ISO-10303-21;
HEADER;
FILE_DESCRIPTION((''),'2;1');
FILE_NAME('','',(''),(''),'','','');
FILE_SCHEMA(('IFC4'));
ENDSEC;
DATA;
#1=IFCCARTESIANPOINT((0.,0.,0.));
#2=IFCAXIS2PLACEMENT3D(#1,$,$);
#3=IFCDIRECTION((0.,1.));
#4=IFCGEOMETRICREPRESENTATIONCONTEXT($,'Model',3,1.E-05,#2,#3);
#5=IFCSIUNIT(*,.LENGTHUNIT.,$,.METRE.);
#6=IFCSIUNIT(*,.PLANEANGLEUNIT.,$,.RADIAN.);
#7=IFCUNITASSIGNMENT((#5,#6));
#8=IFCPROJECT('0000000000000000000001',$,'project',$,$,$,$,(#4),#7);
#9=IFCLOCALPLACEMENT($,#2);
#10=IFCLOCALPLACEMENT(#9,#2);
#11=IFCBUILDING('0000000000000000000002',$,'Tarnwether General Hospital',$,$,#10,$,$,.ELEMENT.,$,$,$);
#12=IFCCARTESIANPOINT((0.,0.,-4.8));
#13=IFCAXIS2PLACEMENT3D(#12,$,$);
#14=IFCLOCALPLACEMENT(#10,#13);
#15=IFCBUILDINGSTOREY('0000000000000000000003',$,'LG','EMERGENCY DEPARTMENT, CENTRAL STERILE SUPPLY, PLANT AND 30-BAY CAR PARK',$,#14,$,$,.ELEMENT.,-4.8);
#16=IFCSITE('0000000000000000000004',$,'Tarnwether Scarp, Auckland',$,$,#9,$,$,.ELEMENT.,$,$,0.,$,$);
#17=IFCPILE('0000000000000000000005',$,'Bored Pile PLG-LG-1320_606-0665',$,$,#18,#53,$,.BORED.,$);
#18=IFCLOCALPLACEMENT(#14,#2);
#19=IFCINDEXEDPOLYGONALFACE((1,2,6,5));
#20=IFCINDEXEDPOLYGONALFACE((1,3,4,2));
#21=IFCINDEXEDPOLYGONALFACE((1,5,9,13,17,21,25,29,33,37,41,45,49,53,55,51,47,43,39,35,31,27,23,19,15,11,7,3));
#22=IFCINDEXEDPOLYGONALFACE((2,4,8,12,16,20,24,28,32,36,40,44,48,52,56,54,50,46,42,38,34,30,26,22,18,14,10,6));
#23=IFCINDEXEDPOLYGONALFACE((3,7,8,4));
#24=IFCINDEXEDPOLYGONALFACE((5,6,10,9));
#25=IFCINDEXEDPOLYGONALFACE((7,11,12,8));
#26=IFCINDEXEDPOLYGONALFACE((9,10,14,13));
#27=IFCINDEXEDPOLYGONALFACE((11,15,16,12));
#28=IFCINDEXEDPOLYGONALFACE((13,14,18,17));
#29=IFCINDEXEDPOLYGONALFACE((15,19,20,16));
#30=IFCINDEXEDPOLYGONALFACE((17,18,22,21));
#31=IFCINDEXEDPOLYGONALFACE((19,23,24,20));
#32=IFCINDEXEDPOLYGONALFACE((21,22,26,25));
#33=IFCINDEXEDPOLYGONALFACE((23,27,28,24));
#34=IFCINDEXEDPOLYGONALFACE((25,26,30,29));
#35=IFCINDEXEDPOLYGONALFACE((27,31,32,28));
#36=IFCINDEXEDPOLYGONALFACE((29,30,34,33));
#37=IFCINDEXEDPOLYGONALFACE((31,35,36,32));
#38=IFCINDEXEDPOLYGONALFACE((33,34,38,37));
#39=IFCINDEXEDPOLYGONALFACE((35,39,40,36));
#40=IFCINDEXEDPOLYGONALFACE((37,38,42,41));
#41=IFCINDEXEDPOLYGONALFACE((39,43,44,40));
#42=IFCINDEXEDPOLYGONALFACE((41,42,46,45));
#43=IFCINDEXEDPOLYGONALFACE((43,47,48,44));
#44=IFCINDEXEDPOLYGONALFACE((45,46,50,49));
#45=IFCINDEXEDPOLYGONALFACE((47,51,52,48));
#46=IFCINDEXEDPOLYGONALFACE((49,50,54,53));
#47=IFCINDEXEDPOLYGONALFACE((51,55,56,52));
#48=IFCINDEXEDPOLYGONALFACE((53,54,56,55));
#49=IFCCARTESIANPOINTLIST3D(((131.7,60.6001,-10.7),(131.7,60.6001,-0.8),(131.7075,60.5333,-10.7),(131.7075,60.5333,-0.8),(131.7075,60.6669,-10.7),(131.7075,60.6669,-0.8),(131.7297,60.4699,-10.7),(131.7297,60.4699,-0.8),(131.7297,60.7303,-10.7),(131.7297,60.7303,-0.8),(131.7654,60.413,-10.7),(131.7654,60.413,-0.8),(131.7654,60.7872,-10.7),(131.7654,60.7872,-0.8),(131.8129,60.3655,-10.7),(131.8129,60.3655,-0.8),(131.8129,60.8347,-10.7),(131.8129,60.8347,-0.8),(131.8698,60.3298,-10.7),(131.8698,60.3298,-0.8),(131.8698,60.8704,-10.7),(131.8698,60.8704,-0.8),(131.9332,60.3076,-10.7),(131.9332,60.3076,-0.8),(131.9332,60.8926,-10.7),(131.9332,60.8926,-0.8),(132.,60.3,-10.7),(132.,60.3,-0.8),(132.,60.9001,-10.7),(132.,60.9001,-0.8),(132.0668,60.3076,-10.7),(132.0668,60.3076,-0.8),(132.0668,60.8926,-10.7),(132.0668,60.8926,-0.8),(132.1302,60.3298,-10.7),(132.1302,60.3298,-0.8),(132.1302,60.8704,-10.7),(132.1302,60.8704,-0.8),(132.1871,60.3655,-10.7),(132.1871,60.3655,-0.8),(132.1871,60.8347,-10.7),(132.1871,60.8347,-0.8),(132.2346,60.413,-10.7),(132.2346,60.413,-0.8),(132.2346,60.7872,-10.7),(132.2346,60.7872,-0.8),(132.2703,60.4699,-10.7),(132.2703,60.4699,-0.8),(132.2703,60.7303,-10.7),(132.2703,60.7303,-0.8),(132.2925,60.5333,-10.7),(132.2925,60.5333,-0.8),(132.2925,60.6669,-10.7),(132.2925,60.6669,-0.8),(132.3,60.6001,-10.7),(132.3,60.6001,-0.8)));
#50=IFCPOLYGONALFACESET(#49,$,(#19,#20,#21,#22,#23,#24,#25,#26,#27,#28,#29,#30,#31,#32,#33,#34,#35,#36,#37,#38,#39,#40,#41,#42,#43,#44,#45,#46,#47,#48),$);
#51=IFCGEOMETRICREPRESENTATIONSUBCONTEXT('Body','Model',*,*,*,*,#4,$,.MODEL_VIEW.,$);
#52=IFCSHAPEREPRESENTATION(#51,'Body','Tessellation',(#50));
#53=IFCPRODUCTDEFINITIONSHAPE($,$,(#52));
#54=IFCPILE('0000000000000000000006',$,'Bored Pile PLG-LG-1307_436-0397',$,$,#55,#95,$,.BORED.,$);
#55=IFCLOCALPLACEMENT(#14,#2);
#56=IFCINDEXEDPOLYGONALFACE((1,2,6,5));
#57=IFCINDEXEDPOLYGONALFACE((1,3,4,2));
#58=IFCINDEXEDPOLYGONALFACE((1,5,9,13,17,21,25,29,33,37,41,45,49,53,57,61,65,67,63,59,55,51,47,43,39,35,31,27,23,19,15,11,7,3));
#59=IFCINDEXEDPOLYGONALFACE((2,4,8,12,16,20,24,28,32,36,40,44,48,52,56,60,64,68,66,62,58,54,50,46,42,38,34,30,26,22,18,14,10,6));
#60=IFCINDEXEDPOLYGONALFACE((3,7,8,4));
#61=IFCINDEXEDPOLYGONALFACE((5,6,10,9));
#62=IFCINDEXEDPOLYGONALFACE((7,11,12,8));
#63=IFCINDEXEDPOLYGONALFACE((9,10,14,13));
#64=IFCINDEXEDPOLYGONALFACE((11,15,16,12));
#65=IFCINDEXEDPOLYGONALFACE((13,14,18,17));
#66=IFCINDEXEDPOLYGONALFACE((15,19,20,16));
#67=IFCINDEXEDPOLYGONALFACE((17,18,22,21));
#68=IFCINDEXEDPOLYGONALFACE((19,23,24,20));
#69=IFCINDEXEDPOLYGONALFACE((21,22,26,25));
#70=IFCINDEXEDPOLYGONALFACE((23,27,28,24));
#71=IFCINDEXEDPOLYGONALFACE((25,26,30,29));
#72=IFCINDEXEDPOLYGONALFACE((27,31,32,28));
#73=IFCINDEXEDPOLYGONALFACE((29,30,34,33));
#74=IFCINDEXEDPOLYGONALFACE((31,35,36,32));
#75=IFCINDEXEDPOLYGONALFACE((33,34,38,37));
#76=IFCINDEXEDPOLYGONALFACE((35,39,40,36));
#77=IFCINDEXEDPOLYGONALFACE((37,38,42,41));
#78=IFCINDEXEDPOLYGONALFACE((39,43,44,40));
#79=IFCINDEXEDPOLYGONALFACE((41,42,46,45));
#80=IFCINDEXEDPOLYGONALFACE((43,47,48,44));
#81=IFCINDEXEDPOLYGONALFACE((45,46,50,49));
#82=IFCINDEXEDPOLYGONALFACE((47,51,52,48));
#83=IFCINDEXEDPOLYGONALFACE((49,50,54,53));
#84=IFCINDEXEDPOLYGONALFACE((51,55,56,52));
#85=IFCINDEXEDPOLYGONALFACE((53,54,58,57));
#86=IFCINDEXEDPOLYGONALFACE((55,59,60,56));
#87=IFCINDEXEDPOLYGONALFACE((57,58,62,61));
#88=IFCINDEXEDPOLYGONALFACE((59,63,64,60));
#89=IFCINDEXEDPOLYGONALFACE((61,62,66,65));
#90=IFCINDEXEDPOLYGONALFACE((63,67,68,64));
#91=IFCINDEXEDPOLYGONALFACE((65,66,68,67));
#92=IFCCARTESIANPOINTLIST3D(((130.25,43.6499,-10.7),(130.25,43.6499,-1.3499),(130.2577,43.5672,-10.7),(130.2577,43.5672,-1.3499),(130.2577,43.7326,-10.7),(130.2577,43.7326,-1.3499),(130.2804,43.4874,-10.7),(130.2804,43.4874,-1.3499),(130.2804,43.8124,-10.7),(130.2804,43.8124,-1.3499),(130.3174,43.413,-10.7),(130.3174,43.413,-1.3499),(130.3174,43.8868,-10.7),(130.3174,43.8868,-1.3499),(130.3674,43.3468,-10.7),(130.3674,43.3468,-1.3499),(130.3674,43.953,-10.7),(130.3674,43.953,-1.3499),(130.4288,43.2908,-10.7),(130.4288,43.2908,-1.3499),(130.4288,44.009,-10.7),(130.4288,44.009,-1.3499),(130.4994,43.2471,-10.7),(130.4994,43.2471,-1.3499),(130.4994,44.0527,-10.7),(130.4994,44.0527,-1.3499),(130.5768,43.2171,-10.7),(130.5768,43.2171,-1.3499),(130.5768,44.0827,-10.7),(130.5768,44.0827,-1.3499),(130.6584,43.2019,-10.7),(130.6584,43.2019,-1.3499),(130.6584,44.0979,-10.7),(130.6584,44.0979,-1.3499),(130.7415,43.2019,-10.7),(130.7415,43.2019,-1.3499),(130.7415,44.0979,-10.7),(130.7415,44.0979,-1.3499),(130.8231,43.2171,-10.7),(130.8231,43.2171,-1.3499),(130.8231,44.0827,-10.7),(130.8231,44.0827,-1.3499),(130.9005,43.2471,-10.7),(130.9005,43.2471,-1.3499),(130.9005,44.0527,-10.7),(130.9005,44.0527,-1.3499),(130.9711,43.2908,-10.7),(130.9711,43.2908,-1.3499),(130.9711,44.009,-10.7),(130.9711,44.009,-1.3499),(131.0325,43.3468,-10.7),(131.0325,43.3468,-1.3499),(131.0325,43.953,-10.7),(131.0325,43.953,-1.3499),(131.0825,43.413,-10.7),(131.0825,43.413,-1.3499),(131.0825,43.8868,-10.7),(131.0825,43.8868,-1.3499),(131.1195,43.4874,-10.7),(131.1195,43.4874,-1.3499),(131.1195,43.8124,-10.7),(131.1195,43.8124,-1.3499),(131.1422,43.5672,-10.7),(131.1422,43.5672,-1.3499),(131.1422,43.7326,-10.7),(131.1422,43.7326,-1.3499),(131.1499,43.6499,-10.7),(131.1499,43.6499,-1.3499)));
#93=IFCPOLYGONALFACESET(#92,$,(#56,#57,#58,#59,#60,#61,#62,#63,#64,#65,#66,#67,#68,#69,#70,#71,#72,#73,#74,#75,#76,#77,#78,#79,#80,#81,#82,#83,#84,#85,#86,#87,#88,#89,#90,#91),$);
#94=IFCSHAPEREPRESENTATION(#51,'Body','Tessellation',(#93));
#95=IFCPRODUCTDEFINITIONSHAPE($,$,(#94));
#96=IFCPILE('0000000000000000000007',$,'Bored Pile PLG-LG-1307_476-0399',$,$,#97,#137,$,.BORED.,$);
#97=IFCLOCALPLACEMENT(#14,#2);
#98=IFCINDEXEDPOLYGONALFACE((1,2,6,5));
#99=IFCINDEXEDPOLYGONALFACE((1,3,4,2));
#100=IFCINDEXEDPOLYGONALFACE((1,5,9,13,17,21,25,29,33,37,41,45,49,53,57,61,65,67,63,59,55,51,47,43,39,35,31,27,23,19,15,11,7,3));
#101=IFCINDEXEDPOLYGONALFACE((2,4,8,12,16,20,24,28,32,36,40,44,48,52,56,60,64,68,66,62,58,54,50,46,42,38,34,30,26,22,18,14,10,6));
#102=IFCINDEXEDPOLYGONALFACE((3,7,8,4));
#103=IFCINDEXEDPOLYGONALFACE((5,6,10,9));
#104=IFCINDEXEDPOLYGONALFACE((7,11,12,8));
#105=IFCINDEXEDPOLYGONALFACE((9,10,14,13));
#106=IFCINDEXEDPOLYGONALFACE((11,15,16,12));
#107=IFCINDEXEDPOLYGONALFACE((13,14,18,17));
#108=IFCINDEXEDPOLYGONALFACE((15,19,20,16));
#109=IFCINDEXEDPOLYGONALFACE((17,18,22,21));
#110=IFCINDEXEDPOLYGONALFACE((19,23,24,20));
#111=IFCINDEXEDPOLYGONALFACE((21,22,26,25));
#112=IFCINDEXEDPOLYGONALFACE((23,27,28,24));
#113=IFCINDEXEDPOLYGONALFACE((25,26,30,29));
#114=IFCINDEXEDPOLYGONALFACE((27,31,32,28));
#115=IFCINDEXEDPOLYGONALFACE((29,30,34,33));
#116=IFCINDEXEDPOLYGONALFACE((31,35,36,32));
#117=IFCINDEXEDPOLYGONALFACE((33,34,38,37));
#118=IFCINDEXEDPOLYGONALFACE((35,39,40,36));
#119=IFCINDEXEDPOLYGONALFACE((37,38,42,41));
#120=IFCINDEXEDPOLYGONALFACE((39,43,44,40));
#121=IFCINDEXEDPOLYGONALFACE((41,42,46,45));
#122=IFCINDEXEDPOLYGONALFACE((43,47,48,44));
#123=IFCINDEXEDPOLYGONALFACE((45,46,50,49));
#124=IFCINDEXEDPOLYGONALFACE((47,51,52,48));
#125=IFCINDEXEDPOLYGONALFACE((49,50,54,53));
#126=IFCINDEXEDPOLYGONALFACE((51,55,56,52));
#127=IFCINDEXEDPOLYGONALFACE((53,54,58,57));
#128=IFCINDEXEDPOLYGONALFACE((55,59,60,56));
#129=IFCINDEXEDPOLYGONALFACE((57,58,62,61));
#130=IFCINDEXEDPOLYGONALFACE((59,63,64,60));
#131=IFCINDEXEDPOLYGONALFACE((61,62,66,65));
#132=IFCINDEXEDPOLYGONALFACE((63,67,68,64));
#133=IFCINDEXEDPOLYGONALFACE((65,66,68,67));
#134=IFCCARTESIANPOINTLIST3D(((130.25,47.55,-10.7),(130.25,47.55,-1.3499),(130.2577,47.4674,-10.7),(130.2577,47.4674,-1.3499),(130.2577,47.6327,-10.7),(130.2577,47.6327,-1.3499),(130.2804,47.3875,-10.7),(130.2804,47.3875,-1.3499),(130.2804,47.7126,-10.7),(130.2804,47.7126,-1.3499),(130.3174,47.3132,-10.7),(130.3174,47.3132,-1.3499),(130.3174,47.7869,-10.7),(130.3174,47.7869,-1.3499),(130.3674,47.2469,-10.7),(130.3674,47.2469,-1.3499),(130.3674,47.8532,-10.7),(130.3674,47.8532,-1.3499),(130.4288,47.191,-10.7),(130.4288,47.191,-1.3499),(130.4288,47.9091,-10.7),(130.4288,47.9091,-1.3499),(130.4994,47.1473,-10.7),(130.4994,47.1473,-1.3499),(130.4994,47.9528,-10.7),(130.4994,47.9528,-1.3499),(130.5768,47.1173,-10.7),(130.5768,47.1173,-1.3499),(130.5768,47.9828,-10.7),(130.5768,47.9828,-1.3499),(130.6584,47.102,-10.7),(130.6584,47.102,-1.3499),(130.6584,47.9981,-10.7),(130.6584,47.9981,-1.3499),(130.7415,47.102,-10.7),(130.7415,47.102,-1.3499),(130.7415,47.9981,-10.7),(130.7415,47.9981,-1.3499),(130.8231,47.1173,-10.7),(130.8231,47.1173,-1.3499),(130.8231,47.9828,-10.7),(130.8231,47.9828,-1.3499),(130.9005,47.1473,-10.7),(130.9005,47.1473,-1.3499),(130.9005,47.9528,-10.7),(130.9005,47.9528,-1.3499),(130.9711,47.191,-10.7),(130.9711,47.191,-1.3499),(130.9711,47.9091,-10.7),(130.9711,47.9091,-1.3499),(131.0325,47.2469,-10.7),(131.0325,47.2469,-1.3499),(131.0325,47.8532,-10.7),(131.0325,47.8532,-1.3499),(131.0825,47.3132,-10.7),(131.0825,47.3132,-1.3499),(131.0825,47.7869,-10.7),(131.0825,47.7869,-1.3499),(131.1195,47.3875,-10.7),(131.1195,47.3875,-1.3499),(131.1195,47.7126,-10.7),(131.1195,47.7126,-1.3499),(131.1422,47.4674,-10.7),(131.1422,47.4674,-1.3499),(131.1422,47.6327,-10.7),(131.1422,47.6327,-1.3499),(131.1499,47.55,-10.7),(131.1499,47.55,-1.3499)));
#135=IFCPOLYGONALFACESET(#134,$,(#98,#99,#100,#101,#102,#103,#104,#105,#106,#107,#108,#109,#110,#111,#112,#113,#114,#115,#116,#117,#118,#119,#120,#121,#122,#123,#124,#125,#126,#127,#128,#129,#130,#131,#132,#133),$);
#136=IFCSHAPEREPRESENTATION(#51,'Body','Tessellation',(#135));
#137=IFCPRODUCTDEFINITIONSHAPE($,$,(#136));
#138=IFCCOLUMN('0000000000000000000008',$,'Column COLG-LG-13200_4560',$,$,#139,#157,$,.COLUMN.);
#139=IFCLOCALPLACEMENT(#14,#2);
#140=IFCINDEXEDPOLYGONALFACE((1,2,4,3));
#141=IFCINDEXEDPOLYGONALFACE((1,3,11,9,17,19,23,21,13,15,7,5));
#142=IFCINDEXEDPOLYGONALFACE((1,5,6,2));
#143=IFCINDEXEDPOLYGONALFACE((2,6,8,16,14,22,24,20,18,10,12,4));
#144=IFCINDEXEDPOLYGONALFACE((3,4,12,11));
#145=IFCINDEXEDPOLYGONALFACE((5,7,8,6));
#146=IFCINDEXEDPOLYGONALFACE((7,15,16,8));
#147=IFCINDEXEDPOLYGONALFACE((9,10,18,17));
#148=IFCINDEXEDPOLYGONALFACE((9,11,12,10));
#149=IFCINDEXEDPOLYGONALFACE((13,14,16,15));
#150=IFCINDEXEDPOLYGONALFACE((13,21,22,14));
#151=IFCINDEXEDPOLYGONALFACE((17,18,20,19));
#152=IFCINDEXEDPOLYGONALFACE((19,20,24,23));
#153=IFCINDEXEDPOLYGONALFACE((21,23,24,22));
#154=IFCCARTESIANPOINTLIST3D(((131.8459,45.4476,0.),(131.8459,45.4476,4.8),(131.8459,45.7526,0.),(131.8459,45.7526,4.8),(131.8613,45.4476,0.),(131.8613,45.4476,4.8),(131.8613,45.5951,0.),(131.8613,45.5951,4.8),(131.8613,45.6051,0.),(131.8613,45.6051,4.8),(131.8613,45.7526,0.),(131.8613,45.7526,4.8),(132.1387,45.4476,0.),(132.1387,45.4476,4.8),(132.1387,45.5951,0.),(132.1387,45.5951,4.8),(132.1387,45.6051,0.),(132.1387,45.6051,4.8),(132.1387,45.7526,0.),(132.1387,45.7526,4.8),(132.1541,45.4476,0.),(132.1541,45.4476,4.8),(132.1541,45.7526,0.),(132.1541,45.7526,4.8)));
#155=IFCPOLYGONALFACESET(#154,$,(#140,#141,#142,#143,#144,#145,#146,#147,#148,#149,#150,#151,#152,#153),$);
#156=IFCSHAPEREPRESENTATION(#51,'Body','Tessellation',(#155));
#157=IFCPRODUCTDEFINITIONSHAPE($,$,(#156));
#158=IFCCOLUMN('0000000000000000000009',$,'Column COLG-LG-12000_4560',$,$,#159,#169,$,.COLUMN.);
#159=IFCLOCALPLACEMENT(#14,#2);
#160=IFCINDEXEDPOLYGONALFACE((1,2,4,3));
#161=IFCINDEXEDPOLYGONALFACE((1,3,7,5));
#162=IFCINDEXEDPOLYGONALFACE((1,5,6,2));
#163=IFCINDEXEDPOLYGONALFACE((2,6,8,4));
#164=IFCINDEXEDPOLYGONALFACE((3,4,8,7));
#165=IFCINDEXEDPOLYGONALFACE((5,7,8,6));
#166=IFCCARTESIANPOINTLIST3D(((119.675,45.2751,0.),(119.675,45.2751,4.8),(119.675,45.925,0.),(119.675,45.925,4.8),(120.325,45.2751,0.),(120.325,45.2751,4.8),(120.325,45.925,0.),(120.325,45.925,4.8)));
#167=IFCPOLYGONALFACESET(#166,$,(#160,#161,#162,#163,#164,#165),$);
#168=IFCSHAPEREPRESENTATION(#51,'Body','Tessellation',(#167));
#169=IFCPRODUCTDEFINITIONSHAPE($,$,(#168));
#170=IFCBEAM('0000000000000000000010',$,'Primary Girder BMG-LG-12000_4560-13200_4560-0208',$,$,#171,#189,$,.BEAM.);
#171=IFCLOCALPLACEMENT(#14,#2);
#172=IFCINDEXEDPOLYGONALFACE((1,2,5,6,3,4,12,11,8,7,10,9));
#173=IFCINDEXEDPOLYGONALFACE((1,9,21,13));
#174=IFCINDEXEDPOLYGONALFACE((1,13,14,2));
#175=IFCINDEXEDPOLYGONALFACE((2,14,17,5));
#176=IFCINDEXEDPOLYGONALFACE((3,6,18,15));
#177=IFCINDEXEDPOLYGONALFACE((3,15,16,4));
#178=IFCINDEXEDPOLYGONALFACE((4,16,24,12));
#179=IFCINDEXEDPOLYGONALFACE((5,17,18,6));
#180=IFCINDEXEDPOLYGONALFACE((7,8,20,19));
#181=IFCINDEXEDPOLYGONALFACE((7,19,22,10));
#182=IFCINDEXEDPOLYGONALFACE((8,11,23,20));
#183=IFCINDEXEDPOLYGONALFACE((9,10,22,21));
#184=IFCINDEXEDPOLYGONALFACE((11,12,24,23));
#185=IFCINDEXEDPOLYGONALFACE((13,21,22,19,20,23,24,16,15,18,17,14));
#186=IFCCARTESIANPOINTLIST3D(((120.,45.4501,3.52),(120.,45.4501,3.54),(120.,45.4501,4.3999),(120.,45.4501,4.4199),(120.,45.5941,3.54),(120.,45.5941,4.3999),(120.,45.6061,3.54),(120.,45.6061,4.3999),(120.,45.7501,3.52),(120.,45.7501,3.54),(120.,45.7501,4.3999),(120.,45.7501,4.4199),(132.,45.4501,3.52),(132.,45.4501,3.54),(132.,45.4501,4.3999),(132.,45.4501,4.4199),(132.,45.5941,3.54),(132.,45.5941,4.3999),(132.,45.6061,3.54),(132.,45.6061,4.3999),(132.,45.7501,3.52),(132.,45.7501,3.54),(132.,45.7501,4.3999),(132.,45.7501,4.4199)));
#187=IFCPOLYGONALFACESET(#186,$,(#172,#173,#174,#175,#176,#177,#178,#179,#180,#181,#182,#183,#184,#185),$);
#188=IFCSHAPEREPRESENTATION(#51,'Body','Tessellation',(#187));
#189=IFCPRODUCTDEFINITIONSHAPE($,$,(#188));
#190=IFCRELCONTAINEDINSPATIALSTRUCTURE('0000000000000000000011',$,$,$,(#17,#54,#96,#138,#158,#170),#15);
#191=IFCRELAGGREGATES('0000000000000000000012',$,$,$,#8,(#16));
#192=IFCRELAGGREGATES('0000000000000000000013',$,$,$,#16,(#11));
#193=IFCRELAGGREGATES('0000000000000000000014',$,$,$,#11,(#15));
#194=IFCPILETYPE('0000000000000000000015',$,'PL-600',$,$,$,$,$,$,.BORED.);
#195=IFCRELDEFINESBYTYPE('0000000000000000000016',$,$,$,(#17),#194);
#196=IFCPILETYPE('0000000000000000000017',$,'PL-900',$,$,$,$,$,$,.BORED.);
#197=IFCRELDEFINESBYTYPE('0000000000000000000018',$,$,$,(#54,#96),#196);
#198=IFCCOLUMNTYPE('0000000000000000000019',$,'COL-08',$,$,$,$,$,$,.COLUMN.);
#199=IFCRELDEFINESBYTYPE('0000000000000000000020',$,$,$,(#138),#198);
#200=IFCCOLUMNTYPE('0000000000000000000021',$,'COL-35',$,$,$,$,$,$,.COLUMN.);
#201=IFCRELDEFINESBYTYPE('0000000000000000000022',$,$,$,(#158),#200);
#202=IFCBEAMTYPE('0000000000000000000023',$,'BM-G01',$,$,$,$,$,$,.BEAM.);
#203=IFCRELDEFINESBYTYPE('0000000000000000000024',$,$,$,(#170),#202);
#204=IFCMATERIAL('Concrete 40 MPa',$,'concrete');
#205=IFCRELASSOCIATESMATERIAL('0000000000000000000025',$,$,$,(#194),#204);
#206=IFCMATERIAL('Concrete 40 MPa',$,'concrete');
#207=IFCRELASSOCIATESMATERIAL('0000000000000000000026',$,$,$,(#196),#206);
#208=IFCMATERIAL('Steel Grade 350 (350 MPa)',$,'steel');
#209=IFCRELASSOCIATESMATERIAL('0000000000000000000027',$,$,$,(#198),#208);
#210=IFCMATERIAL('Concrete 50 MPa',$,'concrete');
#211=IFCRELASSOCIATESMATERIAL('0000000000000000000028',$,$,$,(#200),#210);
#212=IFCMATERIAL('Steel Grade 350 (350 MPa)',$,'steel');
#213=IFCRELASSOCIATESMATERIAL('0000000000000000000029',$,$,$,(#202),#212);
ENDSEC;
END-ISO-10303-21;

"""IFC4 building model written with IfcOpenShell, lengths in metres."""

from ifc_helpers import new_model, si_unit, direction, frame, origin, origin_2d, place, context, subcontext, project, spatial, rectangle, circle, i_section, extrude, material, material_profile, profile_set, type_object, element, save


model = new_model("IFC4")

# Units and contexts
model_context = context("Model", 3, precision=1e-05, world=origin(), true_north=direction((0.0, 1.0)))
body_context = subcontext(model_context, "Body", "Model", "MODEL_VIEW")
ifc_project = project(units=[si_unit("LENGTHUNIT", "METRE"), si_unit("PLANEANGLEUNIT", "RADIAN")], contexts=[model_context])

# Site, building, storey
site_placement = place(None, origin())
site = spatial("IfcSite", under=ifc_project, at=site_placement, Name="Tarnwether Scarp, Auckland", CompositionType="ELEMENT", RefElevation=0.0)
building_placement = place(site_placement, origin())
building = spatial("IfcBuilding", under=site, at=building_placement, Name="Tarnwether General Hospital", CompositionType="ELEMENT")
storey_placement = place(building_placement, frame((0.0, 0.0, -4.8)))
storey = spatial("IfcBuildingStorey", under=building, at=storey_placement, Name="LG", Description="EMERGENCY DEPARTMENT, CENTRAL STERILE SUPPLY, PLANT AND 30-BAY CAR PARK", CompositionType="ELEMENT", Elevation=-4.8)

# Piles
ifc_material_1 = material(Name="Concrete 40 MPa", Category="concrete")
ifc_material_profile_1 = material_profile(ifc_material_1, circle(Radius=0.3, at=origin_2d()), Name="PILE-D600")
ifc_profile_set_1 = profile_set([ifc_material_profile_1], Name="Concrete 40 MPa")
pile_type_1 = type_object("IfcPileType", Name="PL-600", PredefinedType="BORED", material=ifc_profile_set_1)
for number, where, z_axis, x_axis, name in (
    (1, (132.0, 60.6001, -0.8), (0.0, 0.0, -1.0), (1.0, 0.0, 0.0), "Bored Pile PLG-LG-1320_606-0665"),
):
    element("IfcPile", number, at=place(storey_placement, frame(where, z_axis=z_axis, x_axis=x_axis)), inside=storey, type_object=pile_type_1, Name=name, PredefinedType="BORED", context=body_context, shape_type="SweptSolid", body=[
        extrude(circle(Radius=0.3, at=origin_2d()), origin(), (0.0, 0.0, 1.0), 9.8999),
    ])
ifc_material_2 = material(Name="Concrete 40 MPa", Category="concrete")
ifc_material_profile_2 = material_profile(ifc_material_2, circle(Radius=0.45, at=origin_2d()), Name="PILE-D900")
ifc_profile_set_2 = profile_set([ifc_material_profile_2], Name="Concrete 40 MPa")
pile_type_2 = type_object("IfcPileType", Name="PL-900", PredefinedType="BORED", material=ifc_profile_set_2)
for number, where, z_axis, x_axis, name in (
    (2, (130.7, 43.6499, -1.3499), (0.0, 0.0, -1.0), (1.0, 0.0, 0.0), "Bored Pile PLG-LG-1307_436-0397"),
    (3, (130.7, 47.55, -1.3499), (0.0, 0.0, -1.0), (1.0, 0.0, 0.0), "Bored Pile PLG-LG-1307_476-0399"),
):
    element("IfcPile", number, at=place(storey_placement, frame(where, z_axis=z_axis, x_axis=x_axis)), inside=storey, type_object=pile_type_2, Name=name, PredefinedType="BORED", context=body_context, shape_type="SweptSolid", body=[
        extrude(circle(Radius=0.45, at=origin_2d()), origin(), (0.0, 0.0, 1.0), 9.3501),
    ])

# Columns
ifc_material_3 = material(Name="Steel Grade 350 (350 MPa)", Category="steel")
ifc_material_profile_3 = material_profile(ifc_material_3, i_section(OverallWidth=0.3049, OverallDepth=0.3081, WebThickness=0.01, FlangeThickness=0.0154, at=origin_2d()), Name="310UC96.8")
ifc_profile_set_3 = profile_set([ifc_material_profile_3], Name="Steel Grade 350 (350 MPa)")
column_type_1 = type_object("IfcColumnType", Name="COL-08", PredefinedType="COLUMN", material=ifc_profile_set_3)
column_1_placement = place(storey_placement, frame((132.0, 45.6001, 0.0), z_axis=(0.0, 0.0, 1.0), x_axis=(0.0, 1.0, 0.0)))
element("IfcColumn", 4, at=column_1_placement, inside=storey, type_object=column_type_1, Name="Column COLG-LG-13200_4560", PredefinedType="COLUMN", context=body_context, shape_type="SweptSolid", body=[
    extrude(i_section(OverallWidth=0.3049, OverallDepth=0.3081, WebThickness=0.01, FlangeThickness=0.0154, at=origin_2d()), origin(), (0.0, 0.0, 1.0), 4.8),
])
ifc_material_4 = material(Name="Concrete 50 MPa", Category="concrete")
ifc_material_profile_4 = material_profile(ifc_material_4, rectangle(XDim=0.6499, YDim=0.6499, at=origin_2d()), Name="RC-COL-650x650")
ifc_profile_set_4 = profile_set([ifc_material_profile_4], Name="Concrete 50 MPa")
column_type_2 = type_object("IfcColumnType", Name="COL-35", PredefinedType="COLUMN", material=ifc_profile_set_4)
column_2_placement = place(storey_placement, frame((120.0, 45.6001, 0.0), z_axis=(0.0, 0.0, 1.0), x_axis=(1.0, 0.0, 0.0)))
element("IfcColumn", 5, at=column_2_placement, inside=storey, type_object=column_type_2, Name="Column COLG-LG-12000_4560", PredefinedType="COLUMN", context=body_context, shape_type="SweptSolid", body=[
    extrude(rectangle(XDim=0.6499, YDim=0.6499, at=origin_2d()), origin(), (0.0, 0.0, 1.0), 4.8),
])

# Beam
ifc_material_5 = material(Name="Steel Grade 350 (350 MPa)", Category="steel")
ifc_material_profile_5 = material_profile(ifc_material_5, i_section(OverallWidth=0.3, OverallDepth=0.8999, WebThickness=0.012, FlangeThickness=0.02, at=origin_2d()), Name="900WB175")
ifc_profile_set_5 = profile_set([ifc_material_profile_5], Name="Steel Grade 350 (350 MPa)")
beam_type_1 = type_object("IfcBeamType", Name="BM-G01", PredefinedType="BEAM", material=ifc_profile_set_5)
beam_1_placement = place(storey_placement, frame((120.0, 45.6001, 3.97), z_axis=(1.0, 0.0, 0.0), x_axis=(0.0, 1.0, 0.0)))
element("IfcBeam", 6, at=beam_1_placement, inside=storey, type_object=beam_type_1, Name="Primary Girder BMG-LG-12000_4560-13200_4560-0208", PredefinedType="BEAM", context=body_context, shape_type="SweptSolid", body=[
    extrude(i_section(OverallWidth=0.3, OverallDepth=0.8999, WebThickness=0.012, FlangeThickness=0.02, at=origin_2d()), origin(), (0.0, 0.0, 1.0), 12.0),
])

save(model, "model.ifc")
